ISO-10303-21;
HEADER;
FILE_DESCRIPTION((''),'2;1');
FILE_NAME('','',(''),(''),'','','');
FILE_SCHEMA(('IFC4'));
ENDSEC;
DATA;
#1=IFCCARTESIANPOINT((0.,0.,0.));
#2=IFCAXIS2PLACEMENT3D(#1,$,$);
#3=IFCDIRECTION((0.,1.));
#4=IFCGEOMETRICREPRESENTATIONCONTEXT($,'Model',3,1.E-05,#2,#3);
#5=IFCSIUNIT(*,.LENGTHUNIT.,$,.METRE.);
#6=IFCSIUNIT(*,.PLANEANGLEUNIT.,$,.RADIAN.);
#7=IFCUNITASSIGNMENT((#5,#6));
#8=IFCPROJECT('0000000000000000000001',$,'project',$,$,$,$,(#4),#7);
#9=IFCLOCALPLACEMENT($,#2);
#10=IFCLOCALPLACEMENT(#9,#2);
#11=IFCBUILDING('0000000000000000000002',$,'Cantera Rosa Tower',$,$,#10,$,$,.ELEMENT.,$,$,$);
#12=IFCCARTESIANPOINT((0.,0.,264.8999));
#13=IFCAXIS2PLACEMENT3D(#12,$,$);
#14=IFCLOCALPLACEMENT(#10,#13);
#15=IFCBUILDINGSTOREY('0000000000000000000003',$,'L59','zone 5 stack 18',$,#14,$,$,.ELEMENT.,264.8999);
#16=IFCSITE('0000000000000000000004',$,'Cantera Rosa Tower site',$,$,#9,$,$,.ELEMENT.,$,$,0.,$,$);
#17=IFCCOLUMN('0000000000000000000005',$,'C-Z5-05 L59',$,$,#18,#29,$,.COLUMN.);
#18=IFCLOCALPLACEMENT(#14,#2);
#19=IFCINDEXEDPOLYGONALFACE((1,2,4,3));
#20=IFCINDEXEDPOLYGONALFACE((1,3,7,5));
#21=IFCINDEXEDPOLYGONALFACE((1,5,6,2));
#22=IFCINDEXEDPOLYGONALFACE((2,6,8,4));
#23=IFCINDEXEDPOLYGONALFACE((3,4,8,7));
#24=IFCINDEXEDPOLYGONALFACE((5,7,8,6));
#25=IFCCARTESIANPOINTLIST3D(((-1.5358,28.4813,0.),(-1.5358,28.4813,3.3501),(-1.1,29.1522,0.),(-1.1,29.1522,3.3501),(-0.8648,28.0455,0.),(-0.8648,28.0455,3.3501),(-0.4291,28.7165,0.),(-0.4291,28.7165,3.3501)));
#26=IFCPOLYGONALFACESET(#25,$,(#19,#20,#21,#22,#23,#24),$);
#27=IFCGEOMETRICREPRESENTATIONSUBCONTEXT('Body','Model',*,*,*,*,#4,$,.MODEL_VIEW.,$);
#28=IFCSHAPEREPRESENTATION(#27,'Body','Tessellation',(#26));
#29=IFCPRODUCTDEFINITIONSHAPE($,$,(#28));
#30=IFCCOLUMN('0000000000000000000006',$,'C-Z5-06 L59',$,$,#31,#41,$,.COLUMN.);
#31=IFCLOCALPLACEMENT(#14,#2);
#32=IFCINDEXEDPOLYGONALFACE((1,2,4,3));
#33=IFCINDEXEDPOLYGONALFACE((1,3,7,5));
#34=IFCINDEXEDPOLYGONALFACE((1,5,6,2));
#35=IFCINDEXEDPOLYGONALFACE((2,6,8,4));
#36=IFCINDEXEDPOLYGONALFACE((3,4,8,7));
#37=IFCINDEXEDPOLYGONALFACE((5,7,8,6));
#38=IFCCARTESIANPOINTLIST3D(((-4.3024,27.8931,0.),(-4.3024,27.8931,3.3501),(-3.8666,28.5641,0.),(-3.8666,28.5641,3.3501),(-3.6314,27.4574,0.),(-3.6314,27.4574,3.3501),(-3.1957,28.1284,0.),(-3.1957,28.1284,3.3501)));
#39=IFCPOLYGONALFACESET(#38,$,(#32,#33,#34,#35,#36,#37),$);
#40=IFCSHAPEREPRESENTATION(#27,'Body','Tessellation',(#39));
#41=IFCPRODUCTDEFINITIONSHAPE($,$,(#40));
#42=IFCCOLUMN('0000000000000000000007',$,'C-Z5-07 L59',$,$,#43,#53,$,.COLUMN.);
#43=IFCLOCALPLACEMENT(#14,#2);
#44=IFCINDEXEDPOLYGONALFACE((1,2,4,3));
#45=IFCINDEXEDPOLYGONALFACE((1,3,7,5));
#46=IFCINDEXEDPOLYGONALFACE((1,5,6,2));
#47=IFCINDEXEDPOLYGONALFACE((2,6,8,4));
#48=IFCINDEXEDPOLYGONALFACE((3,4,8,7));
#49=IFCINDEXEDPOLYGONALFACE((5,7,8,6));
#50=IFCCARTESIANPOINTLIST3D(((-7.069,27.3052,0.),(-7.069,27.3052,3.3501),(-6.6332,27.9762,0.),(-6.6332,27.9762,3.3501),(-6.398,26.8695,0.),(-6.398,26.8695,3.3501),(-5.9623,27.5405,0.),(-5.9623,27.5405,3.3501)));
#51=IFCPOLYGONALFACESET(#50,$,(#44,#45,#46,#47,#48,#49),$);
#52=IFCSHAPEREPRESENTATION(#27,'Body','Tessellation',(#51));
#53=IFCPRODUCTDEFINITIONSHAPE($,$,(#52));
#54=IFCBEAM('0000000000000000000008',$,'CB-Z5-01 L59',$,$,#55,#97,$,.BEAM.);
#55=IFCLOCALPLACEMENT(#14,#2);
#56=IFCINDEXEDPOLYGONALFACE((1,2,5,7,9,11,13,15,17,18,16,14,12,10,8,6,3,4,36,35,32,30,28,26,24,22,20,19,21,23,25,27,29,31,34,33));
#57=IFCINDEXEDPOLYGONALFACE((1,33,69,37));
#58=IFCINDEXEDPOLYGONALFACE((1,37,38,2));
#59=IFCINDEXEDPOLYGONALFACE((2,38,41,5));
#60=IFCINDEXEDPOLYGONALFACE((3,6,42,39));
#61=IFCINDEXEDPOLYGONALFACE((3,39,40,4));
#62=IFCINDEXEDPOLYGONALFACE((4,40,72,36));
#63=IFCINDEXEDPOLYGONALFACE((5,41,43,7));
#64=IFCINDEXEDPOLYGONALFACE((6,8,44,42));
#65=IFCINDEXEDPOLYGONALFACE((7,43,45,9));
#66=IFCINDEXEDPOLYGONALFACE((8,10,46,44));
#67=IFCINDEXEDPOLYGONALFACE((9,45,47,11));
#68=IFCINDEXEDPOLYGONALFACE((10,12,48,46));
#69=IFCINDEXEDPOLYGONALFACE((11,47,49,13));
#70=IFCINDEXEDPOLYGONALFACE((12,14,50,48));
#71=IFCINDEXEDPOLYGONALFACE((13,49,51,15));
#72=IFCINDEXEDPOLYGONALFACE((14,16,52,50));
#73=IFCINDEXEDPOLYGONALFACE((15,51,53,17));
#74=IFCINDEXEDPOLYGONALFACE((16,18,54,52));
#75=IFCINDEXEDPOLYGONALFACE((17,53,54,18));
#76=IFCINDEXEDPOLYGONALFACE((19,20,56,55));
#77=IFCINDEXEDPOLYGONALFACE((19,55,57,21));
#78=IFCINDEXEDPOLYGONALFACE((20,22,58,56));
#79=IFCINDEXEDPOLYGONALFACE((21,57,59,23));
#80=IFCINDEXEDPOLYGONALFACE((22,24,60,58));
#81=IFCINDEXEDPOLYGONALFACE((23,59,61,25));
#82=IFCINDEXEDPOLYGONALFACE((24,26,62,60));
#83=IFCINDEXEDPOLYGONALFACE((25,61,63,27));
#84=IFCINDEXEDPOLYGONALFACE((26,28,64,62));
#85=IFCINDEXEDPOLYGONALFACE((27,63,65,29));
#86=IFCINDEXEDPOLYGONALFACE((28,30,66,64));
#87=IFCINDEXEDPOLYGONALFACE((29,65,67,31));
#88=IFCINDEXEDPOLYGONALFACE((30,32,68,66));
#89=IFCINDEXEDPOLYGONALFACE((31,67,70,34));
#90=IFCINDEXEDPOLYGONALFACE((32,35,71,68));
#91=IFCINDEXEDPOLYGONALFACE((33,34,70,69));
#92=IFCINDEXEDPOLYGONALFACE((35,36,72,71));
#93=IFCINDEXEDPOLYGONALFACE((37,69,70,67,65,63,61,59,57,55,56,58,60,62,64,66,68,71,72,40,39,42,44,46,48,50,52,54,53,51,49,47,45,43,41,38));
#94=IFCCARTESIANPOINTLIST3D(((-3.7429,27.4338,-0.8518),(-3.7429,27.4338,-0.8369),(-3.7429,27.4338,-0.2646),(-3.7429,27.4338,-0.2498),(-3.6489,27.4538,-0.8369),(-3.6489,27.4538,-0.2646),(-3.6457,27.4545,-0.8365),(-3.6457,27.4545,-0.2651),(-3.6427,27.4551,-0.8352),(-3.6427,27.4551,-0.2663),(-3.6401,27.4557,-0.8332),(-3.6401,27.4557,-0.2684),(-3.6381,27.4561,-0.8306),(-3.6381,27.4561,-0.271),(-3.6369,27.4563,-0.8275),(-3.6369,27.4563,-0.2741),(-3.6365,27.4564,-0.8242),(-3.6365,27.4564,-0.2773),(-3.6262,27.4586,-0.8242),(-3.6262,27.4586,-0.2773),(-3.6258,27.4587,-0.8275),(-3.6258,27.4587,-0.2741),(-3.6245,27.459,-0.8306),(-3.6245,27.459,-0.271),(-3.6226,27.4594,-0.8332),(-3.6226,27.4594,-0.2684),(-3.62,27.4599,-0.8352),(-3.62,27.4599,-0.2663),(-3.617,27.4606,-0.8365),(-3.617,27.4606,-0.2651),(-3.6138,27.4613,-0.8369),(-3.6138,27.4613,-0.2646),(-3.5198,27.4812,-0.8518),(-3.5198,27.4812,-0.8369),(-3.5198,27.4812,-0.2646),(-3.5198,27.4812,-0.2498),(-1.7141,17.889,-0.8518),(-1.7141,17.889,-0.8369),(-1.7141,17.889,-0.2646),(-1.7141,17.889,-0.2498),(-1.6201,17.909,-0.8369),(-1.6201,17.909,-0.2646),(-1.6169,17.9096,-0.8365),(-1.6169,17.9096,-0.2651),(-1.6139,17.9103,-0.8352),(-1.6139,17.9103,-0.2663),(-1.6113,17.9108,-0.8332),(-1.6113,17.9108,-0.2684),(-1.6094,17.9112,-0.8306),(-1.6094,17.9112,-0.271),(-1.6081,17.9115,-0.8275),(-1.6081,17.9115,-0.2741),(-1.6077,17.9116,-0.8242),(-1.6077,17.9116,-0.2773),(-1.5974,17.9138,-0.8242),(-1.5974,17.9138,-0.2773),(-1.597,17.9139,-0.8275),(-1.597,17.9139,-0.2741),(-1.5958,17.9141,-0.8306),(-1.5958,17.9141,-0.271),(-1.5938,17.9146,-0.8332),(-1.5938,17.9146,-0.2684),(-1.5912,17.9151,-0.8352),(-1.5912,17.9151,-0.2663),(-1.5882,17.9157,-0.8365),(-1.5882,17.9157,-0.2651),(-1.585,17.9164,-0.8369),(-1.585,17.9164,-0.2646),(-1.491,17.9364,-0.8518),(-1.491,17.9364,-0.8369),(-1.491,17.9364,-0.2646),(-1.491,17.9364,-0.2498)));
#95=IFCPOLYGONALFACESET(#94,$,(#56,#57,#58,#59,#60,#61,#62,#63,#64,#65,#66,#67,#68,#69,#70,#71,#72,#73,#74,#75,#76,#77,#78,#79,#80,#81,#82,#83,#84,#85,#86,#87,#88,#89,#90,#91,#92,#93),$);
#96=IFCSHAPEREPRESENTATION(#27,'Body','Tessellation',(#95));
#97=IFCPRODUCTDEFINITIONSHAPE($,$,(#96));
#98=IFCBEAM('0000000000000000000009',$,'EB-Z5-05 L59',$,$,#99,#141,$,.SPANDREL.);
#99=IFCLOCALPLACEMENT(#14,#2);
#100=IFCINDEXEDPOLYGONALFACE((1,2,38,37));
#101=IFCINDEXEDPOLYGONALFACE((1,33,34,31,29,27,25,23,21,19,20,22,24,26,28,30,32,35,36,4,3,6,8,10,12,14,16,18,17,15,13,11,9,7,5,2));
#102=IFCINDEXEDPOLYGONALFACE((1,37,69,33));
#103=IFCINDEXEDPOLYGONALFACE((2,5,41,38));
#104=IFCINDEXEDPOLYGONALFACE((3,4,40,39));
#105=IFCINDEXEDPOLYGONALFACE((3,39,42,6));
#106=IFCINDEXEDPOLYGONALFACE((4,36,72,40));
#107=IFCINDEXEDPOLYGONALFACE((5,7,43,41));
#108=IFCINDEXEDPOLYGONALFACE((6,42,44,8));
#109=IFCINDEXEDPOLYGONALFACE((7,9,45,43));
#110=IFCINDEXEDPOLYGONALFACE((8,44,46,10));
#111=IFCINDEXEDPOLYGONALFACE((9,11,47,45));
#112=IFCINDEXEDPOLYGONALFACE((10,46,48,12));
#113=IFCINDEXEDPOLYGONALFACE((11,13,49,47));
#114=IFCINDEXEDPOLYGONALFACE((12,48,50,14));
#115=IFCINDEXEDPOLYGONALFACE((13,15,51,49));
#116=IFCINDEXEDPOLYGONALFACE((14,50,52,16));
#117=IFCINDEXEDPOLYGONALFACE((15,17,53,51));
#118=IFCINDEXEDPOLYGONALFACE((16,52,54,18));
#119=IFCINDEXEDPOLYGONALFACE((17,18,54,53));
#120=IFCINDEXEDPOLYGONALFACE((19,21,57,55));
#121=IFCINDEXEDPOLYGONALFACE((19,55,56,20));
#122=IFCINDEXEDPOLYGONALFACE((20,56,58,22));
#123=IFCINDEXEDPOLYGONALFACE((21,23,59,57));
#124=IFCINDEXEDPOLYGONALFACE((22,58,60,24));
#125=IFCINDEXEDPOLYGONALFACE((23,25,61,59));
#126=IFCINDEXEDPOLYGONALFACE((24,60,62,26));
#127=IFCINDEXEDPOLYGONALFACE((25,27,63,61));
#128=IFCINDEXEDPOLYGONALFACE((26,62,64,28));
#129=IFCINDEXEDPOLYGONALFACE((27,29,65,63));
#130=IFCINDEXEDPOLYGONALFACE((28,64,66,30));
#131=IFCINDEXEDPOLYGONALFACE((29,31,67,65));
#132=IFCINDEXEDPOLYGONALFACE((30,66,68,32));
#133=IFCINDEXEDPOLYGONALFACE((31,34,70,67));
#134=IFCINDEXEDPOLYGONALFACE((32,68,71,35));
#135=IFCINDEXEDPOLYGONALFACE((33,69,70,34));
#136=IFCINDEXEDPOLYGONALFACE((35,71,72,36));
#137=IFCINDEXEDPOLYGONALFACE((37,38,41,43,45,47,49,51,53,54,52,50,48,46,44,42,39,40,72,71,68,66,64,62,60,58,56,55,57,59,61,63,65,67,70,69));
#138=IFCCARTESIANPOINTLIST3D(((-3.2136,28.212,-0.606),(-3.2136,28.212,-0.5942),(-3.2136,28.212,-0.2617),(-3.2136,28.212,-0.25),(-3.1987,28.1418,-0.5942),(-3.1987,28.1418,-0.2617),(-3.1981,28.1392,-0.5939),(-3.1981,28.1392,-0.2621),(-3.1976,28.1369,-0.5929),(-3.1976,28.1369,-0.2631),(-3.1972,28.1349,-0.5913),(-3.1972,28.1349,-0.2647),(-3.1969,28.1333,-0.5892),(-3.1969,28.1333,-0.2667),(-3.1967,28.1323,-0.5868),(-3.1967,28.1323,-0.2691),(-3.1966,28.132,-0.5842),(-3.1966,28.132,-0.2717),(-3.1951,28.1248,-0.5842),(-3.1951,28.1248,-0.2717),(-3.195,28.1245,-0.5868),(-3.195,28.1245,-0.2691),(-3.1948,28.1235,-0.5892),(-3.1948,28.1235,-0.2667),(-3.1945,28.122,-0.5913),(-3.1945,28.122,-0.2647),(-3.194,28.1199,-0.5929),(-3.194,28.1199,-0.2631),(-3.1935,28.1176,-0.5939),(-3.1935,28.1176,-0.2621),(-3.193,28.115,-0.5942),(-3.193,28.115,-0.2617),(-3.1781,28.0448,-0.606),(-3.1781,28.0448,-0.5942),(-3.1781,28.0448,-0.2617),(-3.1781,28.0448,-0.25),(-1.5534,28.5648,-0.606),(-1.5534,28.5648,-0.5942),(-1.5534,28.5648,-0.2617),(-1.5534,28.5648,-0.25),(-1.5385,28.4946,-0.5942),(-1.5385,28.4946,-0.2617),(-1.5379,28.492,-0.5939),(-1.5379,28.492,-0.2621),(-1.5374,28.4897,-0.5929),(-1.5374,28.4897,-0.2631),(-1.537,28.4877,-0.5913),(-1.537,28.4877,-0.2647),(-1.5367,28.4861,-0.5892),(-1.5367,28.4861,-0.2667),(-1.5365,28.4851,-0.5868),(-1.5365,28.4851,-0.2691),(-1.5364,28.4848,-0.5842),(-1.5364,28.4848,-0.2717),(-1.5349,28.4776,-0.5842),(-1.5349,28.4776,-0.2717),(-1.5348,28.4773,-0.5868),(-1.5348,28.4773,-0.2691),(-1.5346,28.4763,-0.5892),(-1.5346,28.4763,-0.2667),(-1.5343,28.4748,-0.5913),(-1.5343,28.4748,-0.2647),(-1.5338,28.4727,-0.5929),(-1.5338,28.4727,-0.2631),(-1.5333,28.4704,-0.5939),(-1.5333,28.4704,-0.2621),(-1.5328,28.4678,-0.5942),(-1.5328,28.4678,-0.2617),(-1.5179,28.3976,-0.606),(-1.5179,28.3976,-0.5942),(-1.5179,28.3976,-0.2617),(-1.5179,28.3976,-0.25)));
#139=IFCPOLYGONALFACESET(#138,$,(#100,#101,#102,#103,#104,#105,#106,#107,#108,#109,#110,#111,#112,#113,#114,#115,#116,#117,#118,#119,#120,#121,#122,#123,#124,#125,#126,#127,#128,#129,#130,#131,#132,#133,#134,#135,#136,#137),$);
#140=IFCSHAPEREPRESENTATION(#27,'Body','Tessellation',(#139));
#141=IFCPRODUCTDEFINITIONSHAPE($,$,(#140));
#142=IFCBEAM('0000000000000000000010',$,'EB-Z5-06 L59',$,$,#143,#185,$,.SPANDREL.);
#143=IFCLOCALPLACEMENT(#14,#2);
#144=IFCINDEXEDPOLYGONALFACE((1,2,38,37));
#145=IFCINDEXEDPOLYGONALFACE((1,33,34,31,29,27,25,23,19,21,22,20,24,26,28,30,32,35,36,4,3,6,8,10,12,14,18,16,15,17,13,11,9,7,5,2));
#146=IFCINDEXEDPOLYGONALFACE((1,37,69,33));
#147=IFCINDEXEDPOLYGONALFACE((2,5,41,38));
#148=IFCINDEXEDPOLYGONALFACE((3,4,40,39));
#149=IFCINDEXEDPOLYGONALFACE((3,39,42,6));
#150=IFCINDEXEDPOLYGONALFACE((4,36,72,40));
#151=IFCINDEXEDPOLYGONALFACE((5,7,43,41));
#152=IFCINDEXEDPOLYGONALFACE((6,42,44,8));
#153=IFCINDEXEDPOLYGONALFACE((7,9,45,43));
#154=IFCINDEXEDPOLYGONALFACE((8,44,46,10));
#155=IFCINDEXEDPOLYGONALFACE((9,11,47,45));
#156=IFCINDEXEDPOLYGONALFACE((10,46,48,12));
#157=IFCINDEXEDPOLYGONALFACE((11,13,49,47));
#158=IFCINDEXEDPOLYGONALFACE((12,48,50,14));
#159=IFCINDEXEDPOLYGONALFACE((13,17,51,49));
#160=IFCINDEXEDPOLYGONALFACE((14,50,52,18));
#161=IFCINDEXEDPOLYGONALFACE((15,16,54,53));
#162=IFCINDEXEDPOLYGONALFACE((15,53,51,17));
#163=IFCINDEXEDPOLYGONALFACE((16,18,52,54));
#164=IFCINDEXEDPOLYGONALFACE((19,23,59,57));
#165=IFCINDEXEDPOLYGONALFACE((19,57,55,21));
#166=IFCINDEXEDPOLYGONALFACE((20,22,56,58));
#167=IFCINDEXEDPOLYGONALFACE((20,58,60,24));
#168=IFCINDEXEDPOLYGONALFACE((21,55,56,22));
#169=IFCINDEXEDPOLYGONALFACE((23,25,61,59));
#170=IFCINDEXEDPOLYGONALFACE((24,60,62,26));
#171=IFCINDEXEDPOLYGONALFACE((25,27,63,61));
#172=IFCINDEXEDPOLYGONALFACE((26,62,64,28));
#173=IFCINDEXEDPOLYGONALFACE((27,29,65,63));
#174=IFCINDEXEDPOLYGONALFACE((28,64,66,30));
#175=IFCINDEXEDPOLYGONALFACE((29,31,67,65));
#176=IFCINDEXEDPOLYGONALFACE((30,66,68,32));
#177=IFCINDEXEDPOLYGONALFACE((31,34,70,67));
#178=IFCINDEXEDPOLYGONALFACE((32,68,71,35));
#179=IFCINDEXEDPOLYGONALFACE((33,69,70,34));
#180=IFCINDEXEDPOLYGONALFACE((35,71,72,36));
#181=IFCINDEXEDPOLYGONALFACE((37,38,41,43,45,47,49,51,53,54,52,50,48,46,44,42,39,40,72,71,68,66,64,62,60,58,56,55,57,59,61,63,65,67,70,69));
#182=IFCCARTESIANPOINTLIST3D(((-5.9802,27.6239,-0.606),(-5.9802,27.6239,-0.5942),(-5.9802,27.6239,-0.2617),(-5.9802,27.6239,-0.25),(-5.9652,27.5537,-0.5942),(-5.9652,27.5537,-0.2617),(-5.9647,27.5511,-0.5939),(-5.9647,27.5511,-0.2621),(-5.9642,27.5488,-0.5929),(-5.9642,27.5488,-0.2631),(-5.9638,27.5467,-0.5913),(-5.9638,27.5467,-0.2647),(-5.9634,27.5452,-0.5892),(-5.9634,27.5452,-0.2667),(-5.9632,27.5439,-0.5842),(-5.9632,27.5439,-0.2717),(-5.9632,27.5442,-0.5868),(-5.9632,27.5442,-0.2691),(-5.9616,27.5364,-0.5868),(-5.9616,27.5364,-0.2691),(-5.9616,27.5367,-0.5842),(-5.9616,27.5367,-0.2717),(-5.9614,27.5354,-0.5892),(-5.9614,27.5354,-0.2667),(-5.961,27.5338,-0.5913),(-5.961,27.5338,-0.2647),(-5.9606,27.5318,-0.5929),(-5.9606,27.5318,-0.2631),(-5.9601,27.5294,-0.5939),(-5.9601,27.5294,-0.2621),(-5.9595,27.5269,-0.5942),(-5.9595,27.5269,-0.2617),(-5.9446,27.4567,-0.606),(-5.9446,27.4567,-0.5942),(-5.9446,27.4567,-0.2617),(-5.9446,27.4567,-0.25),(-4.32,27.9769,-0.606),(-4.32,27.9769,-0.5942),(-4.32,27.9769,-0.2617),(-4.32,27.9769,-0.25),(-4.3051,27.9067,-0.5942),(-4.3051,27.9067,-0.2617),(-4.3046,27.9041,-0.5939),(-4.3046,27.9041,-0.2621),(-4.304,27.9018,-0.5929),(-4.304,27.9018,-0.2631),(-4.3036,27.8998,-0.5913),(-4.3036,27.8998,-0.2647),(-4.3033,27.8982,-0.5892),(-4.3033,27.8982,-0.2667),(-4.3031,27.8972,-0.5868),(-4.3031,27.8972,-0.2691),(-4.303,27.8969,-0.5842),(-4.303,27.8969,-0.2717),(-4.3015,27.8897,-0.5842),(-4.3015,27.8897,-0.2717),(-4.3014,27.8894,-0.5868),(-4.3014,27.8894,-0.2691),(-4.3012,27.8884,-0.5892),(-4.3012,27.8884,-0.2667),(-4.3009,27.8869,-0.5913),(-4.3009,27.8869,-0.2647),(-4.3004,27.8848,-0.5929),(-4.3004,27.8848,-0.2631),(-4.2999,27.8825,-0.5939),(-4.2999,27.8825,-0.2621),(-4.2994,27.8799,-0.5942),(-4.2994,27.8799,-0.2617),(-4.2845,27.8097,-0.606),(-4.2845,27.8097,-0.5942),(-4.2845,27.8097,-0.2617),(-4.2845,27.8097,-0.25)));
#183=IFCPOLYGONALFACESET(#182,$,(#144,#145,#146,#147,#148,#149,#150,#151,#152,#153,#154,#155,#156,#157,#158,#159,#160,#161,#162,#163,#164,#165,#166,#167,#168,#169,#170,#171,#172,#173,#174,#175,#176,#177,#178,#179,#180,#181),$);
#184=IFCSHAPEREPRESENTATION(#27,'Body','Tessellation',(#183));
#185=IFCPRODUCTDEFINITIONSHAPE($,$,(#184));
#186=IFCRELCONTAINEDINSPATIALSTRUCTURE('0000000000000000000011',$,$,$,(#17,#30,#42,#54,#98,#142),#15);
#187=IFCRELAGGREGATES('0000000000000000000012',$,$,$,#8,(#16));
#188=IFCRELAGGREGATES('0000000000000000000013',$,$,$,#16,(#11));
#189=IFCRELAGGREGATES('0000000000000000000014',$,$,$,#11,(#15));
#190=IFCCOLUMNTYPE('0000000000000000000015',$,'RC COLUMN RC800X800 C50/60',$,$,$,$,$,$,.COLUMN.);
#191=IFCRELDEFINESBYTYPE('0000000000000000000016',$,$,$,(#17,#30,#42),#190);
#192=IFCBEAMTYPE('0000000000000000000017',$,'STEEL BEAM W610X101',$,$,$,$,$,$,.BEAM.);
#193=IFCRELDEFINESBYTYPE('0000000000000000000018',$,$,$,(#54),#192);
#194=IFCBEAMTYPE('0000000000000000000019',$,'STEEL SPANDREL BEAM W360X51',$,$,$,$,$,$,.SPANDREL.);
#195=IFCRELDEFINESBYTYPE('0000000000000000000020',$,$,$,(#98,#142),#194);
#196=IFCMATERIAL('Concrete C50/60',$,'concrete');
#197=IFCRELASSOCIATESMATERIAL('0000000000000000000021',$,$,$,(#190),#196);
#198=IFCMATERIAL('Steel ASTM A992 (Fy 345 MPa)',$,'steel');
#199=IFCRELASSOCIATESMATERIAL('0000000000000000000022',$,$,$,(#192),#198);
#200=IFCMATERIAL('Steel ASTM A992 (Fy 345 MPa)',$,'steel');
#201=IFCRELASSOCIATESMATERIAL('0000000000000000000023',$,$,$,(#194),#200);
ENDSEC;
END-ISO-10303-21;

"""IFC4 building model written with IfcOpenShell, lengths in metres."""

from ifc_helpers import new_model, si_unit, direction, frame, origin, origin_2d, place, context, subcontext, project, spatial, rectangle, i_section, extrude, material, material_profile, profile_set, type_object, element, save


model = new_model("IFC4")

# Units and contexts
model_context = context("Model", 3, precision=1e-05, world=origin(), true_north=direction((0.0, 1.0)))
body_context = subcontext(model_context, "Body", "Model", "MODEL_VIEW")
ifc_project = project(units=[si_unit("LENGTHUNIT", "METRE"), si_unit("PLANEANGLEUNIT", "RADIAN")], contexts=[model_context])

# Site, building, storey
site_placement = place(None, origin())
site = spatial("IfcSite", under=ifc_project, at=site_placement, Name="Cantera Rosa Tower site", CompositionType="ELEMENT", RefElevation=0.0)
building_placement = place(site_placement, origin())
building = spatial("IfcBuilding", under=site, at=building_placement, Name="Cantera Rosa Tower", CompositionType="ELEMENT")
storey_placement = place(building_placement, frame((0.0, 0.0, 264.8999)))
storey = spatial("IfcBuildingStorey", under=building, at=storey_placement, Name="L59", Description="zone 5 stack 18", CompositionType="ELEMENT", Elevation=264.8999)

# Columns
ifc_material_1 = material(Name="Concrete C50/60", Category="concrete")
ifc_material_profile_1 = material_profile(ifc_material_1, rectangle(XDim=0.8, YDim=0.8, at=origin_2d()), Name="RC COLUMN RC800X800 C50/60")
ifc_profile_set_1 = profile_set([ifc_material_profile_1], Name="Concrete C50/60")
column_type = type_object("IfcColumnType", Name="RC COLUMN RC800X800 C50/60", PredefinedType="COLUMN", material=ifc_profile_set_1)
for number, where, z_axis, x_axis, name in (
    (1, (-0.9824, 28.5989, 0.0), (0.0, 0.0, 1.0), (0.544639, 0.838671, 0.0), "C-Z5-05 L59"),
    (2, (-3.749, 28.0107, 0.0), (0.0, 0.0, 1.0), (0.544639, 0.838671, 0.0), "C-Z5-06 L59"),
    (3, (-6.5156, 27.4229, 0.0), (0.0, 0.0, 1.0), (0.544639, 0.838671, 0.0), "C-Z5-07 L59"),
):
    element("IfcColumn", number, at=place(storey_placement, frame(where, z_axis=z_axis, x_axis=x_axis)), inside=storey, type_object=column_type, Name=name, PredefinedType="COLUMN", context=body_context, shape_type="SweptSolid", body=[
        extrude(rectangle(XDim=0.8, YDim=0.8, at=origin_2d()), origin(), (0.0, 0.0, 1.0), 3.3501),
    ])

# Beams
ifc_material_2 = material(Name="Steel ASTM A992 (Fy 345 MPa)", Category="steel")
ifc_material_profile_2 = material_profile(ifc_material_2, i_section(OverallWidth=0.228, OverallDepth=0.6021, WebThickness=0.0105, FlangeThickness=0.0149, FilletRadius=0.0127, at=origin_2d()), Name="W610X101")
ifc_profile_set_2 = profile_set([ifc_material_profile_2], Name="Steel ASTM A992 (Fy 345 MPa)")
beam_type_1 = type_object("IfcBeamType", Name="STEEL BEAM W610X101", PredefinedType="BEAM", material=ifc_profile_set_2)
beam_1_placement = place(storey_placement, frame((-3.6313, 27.4575, -0.5508), z_axis=(0.207909, -0.978148, 0.0), x_axis=(0.978148, 0.207909, 0.0)))
element("IfcBeam", 4, at=beam_1_placement, inside=storey, type_object=beam_type_1, Name="CB-Z5-01 L59", PredefinedType="BEAM", context=body_context, shape_type="SweptSolid", body=[
    extrude(i_section(OverallWidth=0.228, OverallDepth=0.6021, WebThickness=0.0105, FlangeThickness=0.0149, FilletRadius=0.0127, at=origin_2d()), origin(), (0.0, 0.0, 1.0), 9.7581),
])
ifc_material_3 = material(Name="Steel ASTM A992 (Fy 345 MPa)", Category="steel")
ifc_material_profile_3 = material_profile(ifc_material_3, i_section(OverallWidth=0.1709, OverallDepth=0.356, WebThickness=0.0073, FlangeThickness=0.0117, FilletRadius=0.01, at=origin_2d()), Name="W360X51")
ifc_profile_set_3 = profile_set([ifc_material_profile_3], Name="Steel ASTM A992 (Fy 345 MPa)")
beam_type_2 = type_object("IfcBeamType", Name="STEEL SPANDREL BEAM W360X51", PredefinedType="SPANDREL", material=ifc_profile_set_3)
for number, where, z_axis, x_axis, name in (
    (5, (-1.5356, 28.4812, -0.428), (-0.978159, -0.207859, 0.0), (0.207859, -0.978159, 0.0), "EB-Z5-05 L59"),
    (6, (-4.3022, 27.8933, -0.428), (-0.97813, -0.207996, 0.0), (0.207996, -0.97813, 0.0), "EB-Z5-06 L59"),
):
    element("IfcBeam", number, at=place(storey_placement, frame(where, z_axis=z_axis, x_axis=x_axis)), inside=storey, type_object=beam_type_2, Name=name, PredefinedType="SPANDREL", context=body_context, shape_type="SweptSolid", body=[
        extrude(i_section(OverallWidth=0.1709, OverallDepth=0.356, WebThickness=0.0073, FlangeThickness=0.0117, FilletRadius=0.01, at=origin_2d()), origin(), (0.0, 0.0, 1.0), 1.6973),
    ])

save(model, "model.ifc")
